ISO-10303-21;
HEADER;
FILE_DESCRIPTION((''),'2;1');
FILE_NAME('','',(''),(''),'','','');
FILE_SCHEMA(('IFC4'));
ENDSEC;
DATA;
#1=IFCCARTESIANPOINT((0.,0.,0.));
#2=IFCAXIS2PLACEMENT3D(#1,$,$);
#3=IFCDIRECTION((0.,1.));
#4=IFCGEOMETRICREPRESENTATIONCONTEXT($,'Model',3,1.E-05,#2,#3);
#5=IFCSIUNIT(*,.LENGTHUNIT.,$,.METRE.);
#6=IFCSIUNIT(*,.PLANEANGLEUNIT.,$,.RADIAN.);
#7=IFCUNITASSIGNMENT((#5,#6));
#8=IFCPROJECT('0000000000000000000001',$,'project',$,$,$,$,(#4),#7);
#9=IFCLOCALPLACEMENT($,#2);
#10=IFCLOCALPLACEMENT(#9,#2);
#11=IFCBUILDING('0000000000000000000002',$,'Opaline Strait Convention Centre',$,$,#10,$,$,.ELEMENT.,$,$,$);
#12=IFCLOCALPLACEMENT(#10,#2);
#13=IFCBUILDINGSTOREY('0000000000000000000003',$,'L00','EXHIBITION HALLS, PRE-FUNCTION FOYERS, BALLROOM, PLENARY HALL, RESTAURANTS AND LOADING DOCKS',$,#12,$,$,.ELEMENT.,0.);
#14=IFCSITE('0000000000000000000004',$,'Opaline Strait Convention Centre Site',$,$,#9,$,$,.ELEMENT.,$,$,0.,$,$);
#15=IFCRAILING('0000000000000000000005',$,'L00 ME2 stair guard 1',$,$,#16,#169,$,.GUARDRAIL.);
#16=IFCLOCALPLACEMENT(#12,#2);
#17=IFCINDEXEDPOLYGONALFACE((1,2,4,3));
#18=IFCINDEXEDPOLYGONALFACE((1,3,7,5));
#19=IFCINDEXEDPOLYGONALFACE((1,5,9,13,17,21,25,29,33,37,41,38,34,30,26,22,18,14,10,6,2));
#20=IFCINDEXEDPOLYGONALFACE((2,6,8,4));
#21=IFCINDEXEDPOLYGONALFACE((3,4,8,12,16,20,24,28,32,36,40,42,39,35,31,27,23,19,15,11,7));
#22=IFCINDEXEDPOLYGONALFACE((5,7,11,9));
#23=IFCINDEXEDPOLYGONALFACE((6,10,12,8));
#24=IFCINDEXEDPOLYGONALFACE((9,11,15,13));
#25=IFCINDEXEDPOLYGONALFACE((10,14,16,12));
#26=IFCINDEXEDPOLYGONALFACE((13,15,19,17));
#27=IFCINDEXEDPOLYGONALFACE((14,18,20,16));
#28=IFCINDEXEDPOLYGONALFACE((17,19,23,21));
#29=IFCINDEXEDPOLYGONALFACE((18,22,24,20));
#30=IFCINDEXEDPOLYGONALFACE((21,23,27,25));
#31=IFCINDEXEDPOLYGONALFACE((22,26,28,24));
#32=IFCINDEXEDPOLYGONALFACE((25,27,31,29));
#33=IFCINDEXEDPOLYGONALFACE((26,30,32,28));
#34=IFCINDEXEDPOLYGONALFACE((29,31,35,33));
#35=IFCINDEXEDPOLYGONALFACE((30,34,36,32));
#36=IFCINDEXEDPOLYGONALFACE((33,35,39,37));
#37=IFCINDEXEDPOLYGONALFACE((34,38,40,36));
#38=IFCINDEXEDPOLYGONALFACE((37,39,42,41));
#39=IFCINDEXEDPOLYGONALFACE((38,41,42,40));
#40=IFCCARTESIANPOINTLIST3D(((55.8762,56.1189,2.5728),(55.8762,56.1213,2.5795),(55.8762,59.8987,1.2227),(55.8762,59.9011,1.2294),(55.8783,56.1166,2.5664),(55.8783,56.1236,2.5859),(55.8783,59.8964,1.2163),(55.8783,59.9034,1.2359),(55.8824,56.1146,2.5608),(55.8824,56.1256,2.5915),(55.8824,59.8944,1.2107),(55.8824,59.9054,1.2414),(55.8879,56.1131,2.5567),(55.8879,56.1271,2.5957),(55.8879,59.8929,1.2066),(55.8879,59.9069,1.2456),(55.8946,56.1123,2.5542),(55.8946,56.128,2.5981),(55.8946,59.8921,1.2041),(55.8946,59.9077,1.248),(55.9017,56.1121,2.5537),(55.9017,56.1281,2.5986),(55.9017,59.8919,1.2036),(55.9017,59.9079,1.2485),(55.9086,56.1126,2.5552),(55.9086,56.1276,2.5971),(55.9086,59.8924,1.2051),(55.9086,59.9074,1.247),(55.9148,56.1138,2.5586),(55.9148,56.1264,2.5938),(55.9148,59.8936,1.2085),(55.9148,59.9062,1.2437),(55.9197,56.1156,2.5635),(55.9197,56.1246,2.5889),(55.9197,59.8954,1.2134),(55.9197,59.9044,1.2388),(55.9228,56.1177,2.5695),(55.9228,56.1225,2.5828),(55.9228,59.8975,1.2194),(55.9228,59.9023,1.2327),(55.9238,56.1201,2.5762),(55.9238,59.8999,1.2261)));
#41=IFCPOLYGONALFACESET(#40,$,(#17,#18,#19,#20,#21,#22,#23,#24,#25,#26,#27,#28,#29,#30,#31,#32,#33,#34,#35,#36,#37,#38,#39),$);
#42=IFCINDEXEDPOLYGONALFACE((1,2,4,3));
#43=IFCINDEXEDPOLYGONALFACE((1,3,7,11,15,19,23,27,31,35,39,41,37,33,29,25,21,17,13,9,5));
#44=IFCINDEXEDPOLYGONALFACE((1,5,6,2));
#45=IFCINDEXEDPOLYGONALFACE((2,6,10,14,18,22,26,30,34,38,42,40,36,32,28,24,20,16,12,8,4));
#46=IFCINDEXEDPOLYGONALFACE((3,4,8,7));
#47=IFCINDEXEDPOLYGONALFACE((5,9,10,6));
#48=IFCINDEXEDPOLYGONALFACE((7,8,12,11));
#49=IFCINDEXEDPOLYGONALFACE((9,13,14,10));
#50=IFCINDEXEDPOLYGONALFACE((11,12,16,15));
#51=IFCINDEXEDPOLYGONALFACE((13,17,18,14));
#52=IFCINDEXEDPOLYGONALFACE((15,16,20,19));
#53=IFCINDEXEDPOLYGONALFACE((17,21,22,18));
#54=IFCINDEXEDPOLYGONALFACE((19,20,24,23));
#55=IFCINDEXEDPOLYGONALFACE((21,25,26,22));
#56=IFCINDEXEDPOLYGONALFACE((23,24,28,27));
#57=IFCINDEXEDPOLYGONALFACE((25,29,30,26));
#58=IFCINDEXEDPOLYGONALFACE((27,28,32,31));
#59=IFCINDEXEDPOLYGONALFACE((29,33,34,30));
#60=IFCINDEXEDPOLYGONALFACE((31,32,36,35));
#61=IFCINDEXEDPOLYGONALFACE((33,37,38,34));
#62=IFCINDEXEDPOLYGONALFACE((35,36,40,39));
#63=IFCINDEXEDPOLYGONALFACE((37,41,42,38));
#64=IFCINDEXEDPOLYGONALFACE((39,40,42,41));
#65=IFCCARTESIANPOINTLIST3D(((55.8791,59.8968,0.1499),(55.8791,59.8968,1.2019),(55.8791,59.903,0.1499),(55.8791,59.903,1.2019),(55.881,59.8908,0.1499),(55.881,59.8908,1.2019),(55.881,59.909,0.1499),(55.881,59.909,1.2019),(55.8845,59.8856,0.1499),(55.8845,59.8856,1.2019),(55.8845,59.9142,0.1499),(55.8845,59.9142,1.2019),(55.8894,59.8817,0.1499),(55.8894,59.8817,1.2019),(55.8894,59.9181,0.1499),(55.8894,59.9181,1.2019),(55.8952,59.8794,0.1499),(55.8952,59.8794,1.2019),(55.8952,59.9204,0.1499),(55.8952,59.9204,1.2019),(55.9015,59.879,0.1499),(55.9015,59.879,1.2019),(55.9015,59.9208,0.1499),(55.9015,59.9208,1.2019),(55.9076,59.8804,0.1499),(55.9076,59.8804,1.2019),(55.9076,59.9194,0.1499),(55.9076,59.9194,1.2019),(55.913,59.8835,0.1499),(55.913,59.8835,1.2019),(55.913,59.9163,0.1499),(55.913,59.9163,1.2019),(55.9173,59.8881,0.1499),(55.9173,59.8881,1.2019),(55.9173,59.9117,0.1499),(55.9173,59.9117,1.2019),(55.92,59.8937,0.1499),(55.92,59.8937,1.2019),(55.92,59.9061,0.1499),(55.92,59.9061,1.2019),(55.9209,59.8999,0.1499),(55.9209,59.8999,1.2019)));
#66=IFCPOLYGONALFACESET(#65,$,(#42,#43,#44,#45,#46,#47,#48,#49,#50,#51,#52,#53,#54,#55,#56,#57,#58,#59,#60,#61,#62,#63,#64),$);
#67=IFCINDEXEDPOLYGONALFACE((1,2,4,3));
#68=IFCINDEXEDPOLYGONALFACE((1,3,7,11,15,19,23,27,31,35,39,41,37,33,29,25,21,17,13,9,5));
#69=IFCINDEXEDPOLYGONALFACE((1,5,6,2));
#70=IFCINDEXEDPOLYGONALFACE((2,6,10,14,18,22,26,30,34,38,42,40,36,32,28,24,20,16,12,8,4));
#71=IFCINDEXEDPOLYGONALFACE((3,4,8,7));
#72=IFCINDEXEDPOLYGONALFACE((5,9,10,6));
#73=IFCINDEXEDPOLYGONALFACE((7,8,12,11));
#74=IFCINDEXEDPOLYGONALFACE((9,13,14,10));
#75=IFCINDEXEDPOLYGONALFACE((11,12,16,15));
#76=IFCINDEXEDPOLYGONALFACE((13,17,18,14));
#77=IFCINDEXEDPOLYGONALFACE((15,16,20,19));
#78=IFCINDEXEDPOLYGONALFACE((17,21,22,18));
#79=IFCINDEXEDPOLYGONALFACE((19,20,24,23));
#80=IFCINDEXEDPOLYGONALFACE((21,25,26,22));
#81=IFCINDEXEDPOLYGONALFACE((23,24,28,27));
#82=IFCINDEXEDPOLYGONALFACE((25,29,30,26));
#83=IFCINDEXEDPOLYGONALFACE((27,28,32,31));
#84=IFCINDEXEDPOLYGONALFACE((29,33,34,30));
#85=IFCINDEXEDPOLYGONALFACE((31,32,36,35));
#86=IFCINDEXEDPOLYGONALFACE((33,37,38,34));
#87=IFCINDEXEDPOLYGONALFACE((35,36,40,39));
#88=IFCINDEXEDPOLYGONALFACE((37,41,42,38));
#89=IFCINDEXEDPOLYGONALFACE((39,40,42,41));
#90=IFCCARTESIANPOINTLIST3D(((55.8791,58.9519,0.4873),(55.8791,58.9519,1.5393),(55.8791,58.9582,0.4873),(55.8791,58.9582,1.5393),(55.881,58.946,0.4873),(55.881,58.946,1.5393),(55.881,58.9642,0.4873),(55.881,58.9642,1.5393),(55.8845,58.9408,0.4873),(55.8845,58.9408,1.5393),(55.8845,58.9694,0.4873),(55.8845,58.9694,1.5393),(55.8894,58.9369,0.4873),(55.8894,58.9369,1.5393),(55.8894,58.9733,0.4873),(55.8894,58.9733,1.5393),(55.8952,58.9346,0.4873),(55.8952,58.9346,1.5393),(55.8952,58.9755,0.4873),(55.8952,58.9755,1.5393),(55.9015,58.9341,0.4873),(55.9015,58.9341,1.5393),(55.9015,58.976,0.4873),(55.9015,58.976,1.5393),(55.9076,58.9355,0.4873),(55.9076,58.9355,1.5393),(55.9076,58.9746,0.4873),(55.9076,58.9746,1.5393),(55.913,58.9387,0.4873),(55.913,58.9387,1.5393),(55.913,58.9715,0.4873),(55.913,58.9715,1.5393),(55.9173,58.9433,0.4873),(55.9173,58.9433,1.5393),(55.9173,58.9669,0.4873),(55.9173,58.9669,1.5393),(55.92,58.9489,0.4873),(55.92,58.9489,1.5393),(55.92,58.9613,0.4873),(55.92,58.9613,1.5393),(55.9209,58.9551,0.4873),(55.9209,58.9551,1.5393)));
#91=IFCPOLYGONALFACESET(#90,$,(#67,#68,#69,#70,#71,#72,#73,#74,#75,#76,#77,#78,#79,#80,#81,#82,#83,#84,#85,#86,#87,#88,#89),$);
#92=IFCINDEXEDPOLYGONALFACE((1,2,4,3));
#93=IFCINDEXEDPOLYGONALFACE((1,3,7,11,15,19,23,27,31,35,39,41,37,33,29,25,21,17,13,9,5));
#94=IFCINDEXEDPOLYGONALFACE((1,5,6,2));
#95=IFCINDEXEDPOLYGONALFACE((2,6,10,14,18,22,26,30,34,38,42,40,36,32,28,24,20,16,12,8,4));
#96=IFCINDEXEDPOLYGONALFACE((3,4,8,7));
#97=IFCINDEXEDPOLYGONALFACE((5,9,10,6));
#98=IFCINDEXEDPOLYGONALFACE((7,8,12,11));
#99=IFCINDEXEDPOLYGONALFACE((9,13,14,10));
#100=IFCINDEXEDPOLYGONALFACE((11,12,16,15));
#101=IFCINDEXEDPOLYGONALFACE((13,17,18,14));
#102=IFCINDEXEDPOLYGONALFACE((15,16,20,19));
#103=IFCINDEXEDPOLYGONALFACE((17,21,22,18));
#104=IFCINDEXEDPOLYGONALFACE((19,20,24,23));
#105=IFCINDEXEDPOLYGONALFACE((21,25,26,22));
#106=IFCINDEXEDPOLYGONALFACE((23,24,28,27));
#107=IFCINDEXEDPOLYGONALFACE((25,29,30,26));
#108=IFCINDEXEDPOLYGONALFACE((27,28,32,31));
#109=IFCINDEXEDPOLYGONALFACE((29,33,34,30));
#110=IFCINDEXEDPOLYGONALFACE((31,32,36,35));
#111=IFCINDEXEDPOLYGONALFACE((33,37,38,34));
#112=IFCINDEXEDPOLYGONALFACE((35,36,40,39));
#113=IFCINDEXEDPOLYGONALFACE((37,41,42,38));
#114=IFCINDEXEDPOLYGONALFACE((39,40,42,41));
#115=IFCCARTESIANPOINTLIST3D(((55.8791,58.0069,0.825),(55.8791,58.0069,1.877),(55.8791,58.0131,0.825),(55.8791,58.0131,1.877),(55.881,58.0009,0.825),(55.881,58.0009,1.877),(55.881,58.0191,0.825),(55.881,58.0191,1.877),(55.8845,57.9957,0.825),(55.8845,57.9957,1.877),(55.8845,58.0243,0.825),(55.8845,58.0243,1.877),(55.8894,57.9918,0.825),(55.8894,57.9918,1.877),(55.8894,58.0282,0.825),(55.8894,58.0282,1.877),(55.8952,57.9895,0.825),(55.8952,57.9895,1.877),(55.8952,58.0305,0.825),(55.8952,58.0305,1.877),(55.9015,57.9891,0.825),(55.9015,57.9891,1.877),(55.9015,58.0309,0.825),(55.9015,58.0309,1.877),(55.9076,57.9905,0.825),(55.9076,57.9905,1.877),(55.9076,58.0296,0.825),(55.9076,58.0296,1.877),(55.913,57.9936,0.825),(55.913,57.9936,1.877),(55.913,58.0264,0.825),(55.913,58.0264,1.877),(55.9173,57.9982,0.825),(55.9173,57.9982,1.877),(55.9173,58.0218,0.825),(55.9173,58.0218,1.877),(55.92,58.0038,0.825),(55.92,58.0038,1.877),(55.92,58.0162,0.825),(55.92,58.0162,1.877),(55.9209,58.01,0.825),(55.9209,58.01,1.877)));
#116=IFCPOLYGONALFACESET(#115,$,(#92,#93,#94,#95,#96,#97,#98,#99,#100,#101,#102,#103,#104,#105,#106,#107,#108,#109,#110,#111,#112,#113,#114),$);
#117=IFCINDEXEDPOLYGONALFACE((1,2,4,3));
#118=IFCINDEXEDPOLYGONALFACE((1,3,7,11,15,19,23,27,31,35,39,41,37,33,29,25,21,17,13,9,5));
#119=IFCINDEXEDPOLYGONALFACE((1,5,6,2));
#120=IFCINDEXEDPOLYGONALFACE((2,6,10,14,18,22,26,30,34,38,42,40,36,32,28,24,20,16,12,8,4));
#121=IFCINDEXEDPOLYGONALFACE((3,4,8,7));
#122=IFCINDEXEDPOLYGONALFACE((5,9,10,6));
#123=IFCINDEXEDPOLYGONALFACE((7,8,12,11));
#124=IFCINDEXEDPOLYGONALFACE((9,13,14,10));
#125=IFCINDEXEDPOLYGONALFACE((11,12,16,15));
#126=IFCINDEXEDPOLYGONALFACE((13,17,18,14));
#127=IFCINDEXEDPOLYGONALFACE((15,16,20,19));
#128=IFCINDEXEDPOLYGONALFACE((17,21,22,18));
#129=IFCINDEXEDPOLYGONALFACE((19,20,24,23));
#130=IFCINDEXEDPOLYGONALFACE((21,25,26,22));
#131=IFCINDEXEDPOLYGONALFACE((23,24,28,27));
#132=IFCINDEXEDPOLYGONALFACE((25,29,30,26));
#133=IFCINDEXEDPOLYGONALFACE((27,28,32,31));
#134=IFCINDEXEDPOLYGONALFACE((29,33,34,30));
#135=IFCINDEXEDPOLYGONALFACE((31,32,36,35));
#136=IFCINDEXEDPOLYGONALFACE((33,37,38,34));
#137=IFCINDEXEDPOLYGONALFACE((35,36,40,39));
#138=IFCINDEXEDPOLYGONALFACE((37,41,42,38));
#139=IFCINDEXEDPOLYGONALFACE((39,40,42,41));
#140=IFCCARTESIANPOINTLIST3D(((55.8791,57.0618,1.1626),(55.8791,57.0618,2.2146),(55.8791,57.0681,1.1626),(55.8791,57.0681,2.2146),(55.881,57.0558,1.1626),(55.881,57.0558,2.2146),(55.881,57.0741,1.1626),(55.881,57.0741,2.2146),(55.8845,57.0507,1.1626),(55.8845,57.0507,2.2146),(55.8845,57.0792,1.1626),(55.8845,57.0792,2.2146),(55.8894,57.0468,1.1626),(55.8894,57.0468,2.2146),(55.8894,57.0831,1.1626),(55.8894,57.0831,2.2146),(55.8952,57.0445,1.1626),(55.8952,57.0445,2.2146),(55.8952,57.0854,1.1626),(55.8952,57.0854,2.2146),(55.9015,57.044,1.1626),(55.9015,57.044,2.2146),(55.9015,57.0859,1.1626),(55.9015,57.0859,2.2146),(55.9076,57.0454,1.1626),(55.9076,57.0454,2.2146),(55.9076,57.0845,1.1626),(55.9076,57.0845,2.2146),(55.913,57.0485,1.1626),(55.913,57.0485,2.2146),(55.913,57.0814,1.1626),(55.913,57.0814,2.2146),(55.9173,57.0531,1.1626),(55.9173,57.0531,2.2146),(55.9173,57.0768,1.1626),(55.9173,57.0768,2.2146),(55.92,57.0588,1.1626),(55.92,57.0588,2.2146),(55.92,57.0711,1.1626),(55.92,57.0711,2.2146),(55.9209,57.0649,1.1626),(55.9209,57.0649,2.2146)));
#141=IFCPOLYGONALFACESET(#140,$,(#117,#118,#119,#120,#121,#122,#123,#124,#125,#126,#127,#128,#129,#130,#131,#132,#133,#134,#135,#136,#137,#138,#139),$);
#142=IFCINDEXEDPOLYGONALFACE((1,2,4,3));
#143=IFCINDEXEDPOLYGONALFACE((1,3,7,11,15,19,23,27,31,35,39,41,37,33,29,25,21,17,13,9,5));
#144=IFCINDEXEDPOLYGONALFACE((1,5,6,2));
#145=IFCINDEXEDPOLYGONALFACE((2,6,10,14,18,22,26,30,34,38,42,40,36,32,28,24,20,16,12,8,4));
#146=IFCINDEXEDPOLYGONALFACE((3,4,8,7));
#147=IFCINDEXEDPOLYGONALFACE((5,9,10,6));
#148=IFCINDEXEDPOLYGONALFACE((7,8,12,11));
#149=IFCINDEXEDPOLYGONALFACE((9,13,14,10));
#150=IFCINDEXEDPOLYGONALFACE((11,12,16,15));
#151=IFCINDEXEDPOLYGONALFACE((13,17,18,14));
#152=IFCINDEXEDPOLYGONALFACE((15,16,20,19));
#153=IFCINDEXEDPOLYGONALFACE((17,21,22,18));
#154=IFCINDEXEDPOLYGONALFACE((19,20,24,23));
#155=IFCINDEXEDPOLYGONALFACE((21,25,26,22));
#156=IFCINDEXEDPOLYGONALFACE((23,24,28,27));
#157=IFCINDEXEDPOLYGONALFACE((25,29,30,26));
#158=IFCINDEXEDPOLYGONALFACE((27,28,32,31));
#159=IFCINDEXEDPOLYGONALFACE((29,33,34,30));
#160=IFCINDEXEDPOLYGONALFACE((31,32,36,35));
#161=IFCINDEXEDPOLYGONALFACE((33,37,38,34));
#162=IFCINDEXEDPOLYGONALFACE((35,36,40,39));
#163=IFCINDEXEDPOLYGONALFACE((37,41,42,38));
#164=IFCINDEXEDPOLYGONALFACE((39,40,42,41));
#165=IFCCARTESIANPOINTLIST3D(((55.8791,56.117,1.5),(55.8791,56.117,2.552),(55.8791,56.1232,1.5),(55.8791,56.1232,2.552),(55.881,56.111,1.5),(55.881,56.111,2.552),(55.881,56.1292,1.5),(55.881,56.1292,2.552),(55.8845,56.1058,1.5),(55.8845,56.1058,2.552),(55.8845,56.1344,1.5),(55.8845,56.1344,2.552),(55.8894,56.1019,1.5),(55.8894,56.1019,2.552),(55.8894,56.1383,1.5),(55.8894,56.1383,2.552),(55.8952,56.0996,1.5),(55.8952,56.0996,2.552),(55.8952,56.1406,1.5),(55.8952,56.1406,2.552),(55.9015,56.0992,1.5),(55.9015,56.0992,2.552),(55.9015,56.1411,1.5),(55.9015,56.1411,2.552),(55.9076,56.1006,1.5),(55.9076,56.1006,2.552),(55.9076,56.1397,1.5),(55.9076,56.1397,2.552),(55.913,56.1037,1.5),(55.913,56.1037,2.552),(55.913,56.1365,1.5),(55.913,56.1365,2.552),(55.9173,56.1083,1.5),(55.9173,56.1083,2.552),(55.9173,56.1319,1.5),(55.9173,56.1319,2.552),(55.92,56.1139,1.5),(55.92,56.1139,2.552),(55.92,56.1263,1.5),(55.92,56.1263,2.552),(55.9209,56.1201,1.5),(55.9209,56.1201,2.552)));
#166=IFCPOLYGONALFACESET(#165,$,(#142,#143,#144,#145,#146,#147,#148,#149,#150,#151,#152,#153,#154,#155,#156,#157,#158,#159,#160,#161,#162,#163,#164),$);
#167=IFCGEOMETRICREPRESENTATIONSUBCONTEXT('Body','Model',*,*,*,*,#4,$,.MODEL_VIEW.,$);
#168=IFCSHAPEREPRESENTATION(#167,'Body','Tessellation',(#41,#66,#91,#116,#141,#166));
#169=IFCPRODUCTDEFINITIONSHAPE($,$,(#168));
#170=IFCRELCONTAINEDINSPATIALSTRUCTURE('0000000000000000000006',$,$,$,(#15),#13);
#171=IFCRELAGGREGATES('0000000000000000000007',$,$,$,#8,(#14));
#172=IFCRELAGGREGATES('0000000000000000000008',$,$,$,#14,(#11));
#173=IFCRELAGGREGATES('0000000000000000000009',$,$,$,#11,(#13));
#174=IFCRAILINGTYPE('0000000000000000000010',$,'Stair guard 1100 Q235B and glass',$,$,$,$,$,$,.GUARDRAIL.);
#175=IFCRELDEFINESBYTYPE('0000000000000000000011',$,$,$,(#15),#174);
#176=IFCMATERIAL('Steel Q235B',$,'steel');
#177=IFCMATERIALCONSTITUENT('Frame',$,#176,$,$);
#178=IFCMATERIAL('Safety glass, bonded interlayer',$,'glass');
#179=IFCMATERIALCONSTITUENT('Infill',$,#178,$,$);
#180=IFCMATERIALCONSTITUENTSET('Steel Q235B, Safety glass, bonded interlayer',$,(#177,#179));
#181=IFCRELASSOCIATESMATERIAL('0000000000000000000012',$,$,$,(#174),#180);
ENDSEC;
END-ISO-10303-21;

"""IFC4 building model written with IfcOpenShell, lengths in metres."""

from ifc_helpers import new_model, si_unit, direction, frame, origin, origin_2d, place, context, subcontext, project, spatial, circle, extrude, material, constituent, constituent_set, type_object, element, save


model = new_model("IFC4")

# Units and contexts
model_context = context("Model", 3, precision=1e-05, world=origin(), true_north=direction((0.0, 1.0)))
body_context = subcontext(model_context, "Body", "Model", "MODEL_VIEW")
ifc_project = project(units=[si_unit("LENGTHUNIT", "METRE"), si_unit("PLANEANGLEUNIT", "RADIAN")], contexts=[model_context])

# Site, building, storey
site_placement = place(None, origin())
site = spatial("IfcSite", under=ifc_project, at=site_placement, Name="Opaline Strait Convention Centre Site", CompositionType="ELEMENT", RefElevation=0.0)
building_placement = place(site_placement, origin())
building = spatial("IfcBuilding", under=site, at=building_placement, Name="Opaline Strait Convention Centre", CompositionType="ELEMENT")
storey_placement = place(building_placement, origin())
storey = spatial("IfcBuildingStorey", under=building, at=storey_placement, Name="L00", Description="EXHIBITION HALLS, PRE-FUNCTION FOYERS, BALLROOM, PLENARY HALL, RESTAURANTS AND LOADING DOCKS", CompositionType="ELEMENT", Elevation=0.0)

# Railing
ifc_material_1 = material(Name="Steel Q235B", Category="steel")
ifc_constituent_1 = constituent(ifc_material_1, Name="Frame")
ifc_material_2 = material(Name="Safety glass, bonded interlayer", Category="glass")
ifc_constituent_2 = constituent(ifc_material_2, Name="Infill")
ifc_constituent_set = constituent_set(constituents=[ifc_constituent_1, ifc_constituent_2], Name="Steel Q235B, Safety glass, bonded interlayer")
railing_type_1 = type_object("IfcRailingType", Name="Stair guard 1100 Q235B and glass", PredefinedType="GUARDRAIL", material=ifc_constituent_set)
railing_1_placement = place(storey_placement, frame((55.8999, 59.8999, 0.1499)))
element("IfcRailing", 1, at=railing_1_placement, inside=storey, type_object=railing_type_1, Name="L00 ME2 stair guard 1", PredefinedType="GUARDRAIL", context=body_context, shape_type="SweptSolid", body=[
    extrude(circle(Radius=0.0239, at=origin_2d()), frame((0.0, 0.0, 1.0762), z_axis=(0.0, -0.941728, 0.336375), x_axis=(1.0, 0.0, 0.0)), (0.0, 0.0, 1.0), 4.0137),
    extrude(circle(Radius=0.021, at=origin_2d()), origin(), (0.0, 0.0, 1.0), 1.052),
    extrude(circle(Radius=0.021, at=origin_2d()), frame((0.0, -0.9448, 0.3374)), (0.0, 0.0, 1.0), 1.052),
    extrude(circle(Radius=0.021, at=origin_2d()), frame((0.0, -1.8899, 0.675)), (0.0, 0.0, 1.0), 1.052),
    extrude(circle(Radius=0.021, at=origin_2d()), frame((0.0, -2.835, 1.0127)), (0.0, 0.0, 1.0), 1.052),
    extrude(circle(Radius=0.021, at=origin_2d()), frame((0.0, -3.7798, 1.3501)), (0.0, 0.0, 1.0), 1.052),
])

save(model, "model.ifc")
